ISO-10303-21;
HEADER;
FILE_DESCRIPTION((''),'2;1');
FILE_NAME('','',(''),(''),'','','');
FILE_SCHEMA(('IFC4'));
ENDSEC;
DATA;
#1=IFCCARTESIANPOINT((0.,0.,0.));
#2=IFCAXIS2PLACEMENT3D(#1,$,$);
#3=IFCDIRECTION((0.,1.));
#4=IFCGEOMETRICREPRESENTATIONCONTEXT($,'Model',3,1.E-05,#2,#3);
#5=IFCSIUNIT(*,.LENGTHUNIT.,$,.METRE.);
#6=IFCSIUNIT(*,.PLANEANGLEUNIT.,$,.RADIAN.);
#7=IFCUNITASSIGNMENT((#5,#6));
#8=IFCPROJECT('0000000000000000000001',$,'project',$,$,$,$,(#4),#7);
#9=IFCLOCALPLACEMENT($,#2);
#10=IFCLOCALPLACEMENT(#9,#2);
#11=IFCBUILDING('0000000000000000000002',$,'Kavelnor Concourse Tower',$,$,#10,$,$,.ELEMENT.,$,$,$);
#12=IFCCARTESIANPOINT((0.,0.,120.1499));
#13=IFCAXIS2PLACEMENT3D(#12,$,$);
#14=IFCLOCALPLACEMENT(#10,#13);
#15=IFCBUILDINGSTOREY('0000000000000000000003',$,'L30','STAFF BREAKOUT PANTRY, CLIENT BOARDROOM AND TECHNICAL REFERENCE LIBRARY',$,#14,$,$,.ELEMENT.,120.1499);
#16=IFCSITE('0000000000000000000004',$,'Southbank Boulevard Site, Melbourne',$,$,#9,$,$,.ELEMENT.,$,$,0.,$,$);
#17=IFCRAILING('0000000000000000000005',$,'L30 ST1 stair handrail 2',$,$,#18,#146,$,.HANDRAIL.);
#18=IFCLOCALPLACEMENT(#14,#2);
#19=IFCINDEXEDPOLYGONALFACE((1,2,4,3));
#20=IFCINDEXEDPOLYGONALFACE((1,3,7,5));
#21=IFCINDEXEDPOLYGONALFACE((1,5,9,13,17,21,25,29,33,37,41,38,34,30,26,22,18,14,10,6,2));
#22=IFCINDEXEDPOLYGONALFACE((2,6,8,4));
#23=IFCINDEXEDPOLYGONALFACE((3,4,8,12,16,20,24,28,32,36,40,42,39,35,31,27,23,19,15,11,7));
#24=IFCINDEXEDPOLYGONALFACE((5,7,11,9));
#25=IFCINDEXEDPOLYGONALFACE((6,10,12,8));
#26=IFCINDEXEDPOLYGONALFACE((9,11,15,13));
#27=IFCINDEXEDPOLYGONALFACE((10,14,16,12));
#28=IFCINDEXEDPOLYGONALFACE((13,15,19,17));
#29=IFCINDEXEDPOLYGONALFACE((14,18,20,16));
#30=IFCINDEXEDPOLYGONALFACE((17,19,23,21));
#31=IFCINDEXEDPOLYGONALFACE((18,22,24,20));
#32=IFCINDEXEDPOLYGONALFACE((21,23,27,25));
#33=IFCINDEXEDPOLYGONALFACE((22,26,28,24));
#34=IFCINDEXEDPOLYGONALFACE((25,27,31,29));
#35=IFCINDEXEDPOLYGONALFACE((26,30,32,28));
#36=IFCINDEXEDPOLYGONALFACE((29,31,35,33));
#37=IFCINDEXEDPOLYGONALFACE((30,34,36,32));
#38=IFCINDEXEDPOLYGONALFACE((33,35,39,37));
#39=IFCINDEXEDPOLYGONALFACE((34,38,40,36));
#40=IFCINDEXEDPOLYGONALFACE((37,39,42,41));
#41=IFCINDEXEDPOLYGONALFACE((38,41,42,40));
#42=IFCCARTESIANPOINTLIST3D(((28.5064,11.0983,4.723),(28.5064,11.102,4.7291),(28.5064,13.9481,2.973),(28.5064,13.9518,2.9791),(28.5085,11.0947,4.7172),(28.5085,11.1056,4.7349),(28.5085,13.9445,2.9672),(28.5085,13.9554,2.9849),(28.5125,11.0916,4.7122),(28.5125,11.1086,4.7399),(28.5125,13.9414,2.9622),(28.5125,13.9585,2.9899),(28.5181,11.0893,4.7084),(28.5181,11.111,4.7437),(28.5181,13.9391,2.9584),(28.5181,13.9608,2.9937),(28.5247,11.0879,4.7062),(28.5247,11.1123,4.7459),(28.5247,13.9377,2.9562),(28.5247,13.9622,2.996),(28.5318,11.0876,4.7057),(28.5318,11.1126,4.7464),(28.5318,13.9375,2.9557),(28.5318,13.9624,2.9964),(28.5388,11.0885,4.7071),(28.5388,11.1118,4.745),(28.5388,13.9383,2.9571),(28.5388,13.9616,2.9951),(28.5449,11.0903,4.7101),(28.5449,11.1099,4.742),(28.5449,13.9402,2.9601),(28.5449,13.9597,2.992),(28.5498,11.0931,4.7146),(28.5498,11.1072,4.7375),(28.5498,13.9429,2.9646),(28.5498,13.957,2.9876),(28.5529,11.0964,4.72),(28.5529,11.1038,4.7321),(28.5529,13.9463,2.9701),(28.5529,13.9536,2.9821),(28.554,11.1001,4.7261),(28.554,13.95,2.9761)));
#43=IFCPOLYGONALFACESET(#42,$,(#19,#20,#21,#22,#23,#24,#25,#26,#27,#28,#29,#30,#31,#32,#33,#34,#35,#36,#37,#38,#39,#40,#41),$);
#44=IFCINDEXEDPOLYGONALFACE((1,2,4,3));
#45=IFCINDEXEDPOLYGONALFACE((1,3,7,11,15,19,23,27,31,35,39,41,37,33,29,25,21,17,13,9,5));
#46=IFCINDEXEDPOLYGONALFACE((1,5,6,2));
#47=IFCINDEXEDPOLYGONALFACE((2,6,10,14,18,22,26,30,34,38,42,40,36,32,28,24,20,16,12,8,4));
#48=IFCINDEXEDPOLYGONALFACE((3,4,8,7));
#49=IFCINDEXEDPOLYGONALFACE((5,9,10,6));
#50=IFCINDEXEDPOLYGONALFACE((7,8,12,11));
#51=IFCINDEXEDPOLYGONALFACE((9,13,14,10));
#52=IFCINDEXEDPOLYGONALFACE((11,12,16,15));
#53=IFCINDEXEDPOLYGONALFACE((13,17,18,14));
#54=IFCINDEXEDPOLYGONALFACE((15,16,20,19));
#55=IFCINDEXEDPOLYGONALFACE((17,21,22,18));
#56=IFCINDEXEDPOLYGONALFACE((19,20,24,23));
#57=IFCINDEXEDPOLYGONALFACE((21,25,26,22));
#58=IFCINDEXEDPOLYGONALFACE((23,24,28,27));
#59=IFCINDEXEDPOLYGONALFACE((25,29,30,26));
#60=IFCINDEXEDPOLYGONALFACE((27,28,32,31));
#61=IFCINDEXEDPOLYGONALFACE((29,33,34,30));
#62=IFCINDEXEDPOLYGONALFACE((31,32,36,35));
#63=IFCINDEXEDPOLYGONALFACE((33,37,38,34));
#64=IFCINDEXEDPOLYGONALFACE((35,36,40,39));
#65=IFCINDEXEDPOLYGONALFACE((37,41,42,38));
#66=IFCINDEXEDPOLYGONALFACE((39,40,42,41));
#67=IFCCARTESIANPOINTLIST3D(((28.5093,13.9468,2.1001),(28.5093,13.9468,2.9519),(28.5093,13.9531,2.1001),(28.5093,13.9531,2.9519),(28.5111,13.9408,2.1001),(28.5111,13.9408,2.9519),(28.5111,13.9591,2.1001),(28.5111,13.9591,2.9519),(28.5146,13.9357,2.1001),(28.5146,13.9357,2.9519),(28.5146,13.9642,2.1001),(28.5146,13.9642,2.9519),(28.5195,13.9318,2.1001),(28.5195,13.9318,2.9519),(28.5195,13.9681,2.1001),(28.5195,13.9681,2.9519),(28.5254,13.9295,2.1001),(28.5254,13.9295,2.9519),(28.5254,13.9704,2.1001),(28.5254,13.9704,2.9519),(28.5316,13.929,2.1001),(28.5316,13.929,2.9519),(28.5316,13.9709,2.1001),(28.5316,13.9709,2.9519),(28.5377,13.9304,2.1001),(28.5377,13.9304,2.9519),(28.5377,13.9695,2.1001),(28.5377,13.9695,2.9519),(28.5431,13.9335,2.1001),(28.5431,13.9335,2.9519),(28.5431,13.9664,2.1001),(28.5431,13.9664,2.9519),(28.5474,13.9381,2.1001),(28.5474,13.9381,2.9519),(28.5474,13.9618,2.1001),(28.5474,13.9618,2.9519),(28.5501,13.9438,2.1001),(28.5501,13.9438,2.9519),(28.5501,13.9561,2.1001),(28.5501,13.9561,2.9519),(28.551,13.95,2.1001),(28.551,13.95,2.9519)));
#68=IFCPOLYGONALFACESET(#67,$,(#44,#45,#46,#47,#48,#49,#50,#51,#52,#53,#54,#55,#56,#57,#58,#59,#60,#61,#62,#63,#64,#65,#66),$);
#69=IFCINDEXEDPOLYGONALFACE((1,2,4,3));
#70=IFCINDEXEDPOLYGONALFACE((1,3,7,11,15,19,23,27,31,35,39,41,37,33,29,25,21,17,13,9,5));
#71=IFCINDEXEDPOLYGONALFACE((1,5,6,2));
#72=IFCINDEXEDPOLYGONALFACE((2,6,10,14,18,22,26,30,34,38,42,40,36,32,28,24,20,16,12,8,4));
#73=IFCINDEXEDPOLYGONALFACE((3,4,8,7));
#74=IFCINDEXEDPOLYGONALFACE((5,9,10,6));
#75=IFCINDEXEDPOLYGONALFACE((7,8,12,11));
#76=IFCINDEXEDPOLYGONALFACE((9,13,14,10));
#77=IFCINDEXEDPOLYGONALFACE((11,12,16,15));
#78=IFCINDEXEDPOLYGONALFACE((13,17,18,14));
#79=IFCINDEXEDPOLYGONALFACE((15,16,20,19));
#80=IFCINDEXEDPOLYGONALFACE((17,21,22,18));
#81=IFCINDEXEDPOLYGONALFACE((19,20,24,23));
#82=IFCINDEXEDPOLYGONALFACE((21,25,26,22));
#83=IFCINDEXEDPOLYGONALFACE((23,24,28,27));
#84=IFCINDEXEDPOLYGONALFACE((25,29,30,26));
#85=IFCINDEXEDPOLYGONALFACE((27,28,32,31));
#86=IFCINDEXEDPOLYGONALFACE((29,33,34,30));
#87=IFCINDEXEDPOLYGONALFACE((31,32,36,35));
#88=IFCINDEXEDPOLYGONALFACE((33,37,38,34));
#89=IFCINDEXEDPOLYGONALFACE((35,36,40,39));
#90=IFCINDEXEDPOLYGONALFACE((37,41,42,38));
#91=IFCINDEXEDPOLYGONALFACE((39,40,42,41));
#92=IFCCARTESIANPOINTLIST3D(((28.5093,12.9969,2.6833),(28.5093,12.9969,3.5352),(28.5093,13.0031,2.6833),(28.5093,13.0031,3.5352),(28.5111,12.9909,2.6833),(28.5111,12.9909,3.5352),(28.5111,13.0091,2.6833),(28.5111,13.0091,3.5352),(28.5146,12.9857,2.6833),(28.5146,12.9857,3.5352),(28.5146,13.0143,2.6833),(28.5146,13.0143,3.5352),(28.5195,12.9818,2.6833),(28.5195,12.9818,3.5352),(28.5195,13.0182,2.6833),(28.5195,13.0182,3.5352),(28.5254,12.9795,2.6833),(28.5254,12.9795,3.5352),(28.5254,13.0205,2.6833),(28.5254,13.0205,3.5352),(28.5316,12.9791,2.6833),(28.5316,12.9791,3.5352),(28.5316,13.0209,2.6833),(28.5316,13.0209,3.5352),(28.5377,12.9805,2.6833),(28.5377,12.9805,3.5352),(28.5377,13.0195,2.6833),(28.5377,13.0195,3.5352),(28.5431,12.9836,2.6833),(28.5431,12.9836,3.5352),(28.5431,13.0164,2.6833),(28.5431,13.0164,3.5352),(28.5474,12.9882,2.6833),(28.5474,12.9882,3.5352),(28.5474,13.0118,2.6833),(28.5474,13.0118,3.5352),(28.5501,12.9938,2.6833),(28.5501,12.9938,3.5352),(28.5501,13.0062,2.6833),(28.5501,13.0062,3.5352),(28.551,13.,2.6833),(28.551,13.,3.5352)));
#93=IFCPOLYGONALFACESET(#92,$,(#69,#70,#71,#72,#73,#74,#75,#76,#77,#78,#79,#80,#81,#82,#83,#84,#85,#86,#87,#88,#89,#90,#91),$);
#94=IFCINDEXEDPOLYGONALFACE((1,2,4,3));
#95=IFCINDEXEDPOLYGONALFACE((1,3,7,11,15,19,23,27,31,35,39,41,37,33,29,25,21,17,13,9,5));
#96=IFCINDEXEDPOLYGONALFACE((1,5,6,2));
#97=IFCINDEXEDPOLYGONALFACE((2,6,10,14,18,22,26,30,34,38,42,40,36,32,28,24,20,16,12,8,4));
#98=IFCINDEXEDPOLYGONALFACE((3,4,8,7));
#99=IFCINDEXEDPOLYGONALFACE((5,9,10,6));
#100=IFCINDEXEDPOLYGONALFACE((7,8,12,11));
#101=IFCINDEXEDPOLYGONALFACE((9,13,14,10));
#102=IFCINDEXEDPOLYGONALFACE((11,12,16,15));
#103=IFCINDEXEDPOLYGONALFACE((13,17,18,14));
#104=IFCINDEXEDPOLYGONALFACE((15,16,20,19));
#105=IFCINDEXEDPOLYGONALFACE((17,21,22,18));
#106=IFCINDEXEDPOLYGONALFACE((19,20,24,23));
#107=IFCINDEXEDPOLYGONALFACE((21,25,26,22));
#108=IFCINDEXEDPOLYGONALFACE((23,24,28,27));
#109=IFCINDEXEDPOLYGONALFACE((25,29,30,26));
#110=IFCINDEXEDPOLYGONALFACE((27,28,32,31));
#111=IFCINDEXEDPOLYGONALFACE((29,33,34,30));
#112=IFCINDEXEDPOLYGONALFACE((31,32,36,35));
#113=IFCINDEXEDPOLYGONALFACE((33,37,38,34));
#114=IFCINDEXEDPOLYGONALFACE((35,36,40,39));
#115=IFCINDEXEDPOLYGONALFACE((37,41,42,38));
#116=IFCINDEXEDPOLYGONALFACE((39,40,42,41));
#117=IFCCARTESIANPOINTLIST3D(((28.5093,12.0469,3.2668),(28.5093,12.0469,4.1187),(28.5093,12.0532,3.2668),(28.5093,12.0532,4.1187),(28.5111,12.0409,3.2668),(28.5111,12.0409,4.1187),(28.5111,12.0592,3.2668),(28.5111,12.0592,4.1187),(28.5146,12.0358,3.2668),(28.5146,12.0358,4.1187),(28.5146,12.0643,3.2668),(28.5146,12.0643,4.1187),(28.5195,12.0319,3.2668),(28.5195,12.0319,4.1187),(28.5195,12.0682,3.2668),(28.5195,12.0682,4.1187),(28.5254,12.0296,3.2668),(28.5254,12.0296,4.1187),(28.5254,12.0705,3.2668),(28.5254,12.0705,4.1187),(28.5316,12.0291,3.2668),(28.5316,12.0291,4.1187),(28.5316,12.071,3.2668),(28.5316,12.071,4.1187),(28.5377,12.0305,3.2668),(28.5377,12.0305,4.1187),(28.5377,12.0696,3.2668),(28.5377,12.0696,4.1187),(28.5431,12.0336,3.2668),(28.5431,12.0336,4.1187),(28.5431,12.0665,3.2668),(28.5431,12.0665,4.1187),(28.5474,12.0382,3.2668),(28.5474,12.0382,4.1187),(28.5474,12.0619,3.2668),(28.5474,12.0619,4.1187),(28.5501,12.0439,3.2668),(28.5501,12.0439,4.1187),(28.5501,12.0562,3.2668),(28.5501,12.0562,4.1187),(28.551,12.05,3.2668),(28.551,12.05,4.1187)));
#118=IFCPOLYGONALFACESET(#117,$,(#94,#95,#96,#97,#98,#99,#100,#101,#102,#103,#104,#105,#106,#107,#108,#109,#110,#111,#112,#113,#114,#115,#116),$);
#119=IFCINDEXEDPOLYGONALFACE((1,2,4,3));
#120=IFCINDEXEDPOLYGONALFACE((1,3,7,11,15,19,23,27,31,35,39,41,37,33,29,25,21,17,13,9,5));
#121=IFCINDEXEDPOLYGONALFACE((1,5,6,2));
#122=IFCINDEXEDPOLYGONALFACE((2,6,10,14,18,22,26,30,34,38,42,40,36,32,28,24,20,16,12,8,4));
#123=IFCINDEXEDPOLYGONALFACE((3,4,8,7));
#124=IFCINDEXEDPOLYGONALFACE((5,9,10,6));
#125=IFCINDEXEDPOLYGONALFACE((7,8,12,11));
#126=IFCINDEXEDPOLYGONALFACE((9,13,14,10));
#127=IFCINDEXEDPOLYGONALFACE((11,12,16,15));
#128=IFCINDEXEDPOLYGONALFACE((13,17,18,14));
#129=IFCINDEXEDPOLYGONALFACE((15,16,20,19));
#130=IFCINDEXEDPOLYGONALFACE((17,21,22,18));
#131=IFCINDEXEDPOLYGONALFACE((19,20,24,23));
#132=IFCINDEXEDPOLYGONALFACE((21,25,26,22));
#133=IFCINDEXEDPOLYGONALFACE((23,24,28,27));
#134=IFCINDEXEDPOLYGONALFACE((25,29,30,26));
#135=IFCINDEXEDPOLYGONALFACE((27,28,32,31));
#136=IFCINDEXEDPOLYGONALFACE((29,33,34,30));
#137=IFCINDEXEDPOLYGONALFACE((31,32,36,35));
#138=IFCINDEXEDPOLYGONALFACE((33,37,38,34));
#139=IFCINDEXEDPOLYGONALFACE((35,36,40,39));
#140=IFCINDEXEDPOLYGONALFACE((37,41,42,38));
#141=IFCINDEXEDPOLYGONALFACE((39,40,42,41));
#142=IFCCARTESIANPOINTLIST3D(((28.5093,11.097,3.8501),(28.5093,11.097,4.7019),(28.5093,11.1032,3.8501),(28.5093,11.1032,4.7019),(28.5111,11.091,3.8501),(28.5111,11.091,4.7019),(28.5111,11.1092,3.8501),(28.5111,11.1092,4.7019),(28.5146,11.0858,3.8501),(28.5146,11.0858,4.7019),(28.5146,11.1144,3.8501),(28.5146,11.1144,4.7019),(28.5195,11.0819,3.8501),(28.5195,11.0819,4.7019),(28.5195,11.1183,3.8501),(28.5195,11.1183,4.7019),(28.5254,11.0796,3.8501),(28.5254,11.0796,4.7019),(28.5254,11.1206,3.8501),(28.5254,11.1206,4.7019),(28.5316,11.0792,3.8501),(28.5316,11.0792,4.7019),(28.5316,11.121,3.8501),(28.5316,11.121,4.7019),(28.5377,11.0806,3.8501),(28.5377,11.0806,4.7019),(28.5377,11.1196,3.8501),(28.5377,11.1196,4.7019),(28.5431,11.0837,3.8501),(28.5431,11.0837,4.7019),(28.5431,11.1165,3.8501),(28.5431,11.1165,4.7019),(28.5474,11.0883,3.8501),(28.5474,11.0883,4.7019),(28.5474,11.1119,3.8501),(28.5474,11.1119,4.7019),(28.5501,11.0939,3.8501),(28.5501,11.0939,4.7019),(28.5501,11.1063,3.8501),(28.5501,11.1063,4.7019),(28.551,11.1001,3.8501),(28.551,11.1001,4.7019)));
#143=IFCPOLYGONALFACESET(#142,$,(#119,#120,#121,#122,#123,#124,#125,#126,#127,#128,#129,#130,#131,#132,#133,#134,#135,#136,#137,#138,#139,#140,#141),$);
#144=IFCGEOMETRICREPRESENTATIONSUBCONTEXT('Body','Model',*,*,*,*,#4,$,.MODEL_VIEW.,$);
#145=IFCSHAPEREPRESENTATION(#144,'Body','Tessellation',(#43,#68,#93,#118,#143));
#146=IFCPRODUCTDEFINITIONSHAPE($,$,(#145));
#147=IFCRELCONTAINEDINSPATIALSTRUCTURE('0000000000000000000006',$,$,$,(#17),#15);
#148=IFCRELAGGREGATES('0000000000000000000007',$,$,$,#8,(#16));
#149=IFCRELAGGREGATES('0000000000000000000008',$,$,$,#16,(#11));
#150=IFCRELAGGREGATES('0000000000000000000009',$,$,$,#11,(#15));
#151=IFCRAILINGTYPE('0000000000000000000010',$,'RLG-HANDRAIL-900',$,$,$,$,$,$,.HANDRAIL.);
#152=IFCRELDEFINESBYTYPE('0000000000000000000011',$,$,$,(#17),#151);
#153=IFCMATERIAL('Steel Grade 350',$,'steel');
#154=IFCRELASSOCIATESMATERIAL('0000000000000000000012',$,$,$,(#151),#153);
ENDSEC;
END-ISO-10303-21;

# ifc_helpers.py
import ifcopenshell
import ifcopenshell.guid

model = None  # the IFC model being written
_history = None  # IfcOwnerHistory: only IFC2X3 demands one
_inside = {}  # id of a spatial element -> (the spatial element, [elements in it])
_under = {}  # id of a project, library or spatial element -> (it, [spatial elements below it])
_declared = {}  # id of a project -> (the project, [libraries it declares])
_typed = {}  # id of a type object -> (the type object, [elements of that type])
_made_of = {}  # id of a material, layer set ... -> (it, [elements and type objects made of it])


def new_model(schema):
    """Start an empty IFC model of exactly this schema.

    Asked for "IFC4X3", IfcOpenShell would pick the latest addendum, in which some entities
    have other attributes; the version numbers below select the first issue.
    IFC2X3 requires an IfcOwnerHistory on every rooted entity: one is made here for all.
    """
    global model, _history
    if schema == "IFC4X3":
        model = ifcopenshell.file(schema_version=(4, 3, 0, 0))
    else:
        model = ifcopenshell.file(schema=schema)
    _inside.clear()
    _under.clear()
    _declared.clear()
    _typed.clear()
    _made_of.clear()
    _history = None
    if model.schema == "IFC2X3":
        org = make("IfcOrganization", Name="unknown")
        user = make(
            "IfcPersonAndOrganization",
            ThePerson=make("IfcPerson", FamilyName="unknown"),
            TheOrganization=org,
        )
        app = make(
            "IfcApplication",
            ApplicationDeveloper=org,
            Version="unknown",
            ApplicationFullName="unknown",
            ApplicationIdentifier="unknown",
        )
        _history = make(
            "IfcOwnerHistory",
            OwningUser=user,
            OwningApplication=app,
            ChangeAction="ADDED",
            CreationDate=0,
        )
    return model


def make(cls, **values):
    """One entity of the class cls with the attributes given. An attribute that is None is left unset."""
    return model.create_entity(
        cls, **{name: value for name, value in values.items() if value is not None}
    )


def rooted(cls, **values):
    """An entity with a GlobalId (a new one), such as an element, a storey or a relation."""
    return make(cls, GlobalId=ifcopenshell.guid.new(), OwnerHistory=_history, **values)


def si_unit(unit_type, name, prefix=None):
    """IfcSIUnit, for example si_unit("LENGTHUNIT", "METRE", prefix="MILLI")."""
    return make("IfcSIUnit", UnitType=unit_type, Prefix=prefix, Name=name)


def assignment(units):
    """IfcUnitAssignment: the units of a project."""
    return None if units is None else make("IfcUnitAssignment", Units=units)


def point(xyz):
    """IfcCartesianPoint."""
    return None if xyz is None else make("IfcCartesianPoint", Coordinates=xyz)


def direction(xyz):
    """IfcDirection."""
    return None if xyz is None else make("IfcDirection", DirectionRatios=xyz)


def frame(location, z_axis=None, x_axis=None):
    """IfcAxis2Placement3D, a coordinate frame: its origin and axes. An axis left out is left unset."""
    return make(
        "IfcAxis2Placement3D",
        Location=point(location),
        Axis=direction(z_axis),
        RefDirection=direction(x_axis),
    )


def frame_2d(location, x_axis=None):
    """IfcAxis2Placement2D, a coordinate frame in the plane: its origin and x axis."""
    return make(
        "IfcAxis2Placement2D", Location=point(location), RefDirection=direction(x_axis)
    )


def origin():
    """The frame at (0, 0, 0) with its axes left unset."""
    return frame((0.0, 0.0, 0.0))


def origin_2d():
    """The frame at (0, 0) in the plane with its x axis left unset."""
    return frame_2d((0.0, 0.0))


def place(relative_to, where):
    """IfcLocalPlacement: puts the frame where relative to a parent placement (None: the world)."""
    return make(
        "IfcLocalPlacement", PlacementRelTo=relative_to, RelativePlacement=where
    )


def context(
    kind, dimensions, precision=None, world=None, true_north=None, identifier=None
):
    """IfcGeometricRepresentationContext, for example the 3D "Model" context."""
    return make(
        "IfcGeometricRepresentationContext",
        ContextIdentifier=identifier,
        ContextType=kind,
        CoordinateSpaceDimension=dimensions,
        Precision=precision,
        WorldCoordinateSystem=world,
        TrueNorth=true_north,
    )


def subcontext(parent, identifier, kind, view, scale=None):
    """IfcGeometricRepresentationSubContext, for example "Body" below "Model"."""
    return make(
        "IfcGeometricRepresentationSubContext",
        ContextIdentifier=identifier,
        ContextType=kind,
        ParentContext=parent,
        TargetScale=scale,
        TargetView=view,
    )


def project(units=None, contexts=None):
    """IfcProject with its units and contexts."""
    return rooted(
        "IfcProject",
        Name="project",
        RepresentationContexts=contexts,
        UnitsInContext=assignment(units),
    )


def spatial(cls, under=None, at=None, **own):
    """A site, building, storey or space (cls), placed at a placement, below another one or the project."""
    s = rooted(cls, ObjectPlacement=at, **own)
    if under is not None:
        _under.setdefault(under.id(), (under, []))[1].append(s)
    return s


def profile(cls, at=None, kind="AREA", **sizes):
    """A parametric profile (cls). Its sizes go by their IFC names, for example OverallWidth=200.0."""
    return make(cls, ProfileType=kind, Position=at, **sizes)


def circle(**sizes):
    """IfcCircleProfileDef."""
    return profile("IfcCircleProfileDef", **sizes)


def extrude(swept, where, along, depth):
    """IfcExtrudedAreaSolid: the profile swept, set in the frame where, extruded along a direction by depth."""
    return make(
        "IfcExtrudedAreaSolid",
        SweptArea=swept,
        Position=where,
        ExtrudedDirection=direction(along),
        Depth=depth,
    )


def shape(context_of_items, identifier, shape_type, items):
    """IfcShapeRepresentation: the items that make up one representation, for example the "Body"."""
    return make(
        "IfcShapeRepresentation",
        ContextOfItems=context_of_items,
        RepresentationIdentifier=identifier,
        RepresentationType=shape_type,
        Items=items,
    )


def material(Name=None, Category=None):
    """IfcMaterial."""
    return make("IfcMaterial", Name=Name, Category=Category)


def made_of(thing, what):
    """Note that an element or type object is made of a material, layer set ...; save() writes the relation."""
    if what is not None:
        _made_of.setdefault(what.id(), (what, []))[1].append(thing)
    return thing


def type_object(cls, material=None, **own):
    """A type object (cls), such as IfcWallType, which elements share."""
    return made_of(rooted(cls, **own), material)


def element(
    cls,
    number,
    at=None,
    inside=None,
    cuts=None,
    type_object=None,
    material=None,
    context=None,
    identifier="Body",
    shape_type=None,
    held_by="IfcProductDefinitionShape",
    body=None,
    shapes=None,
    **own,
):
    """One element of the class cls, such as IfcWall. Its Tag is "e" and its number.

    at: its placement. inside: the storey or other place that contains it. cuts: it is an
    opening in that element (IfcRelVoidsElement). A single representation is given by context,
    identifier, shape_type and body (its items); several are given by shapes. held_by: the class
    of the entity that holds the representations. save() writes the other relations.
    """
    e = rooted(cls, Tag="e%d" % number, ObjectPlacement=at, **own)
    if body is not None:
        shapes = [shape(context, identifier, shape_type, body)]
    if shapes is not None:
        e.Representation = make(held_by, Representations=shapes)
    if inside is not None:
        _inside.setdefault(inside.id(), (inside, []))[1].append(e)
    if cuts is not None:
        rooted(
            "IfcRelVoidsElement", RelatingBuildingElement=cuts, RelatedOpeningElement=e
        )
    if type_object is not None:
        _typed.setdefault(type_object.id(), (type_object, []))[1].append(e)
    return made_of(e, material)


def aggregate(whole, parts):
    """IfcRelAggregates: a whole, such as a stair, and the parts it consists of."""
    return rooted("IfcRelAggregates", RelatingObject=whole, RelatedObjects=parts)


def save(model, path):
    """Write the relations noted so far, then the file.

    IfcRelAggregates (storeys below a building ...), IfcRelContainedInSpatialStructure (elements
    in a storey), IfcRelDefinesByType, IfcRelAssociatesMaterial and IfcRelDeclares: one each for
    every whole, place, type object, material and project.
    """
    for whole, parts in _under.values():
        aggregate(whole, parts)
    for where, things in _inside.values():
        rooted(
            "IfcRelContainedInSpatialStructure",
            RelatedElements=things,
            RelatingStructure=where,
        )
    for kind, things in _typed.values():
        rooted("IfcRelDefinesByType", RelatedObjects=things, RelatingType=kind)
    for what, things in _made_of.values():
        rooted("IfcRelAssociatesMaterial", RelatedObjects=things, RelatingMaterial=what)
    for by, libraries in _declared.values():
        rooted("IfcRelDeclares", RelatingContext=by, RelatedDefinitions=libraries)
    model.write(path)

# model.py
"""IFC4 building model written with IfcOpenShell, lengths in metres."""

from ifc_helpers import new_model, si_unit, direction, frame, origin, origin_2d, place, context, subcontext, project, spatial, circle, extrude, material, type_object, element, save


model = new_model("IFC4")

# Units and contexts
model_context = context("Model", 3, precision=1e-05, world=origin(), true_north=direction((0.0, 1.0)))
body_context = subcontext(model_context, "Body", "Model", "MODEL_VIEW")
ifc_project = project(units=[si_unit("LENGTHUNIT", "METRE"), si_unit("PLANEANGLEUNIT", "RADIAN")], contexts=[model_context])

# Site, building, storey
site_placement = place(None, origin())
site = spatial("IfcSite", under=ifc_project, at=site_placement, Name="Southbank Boulevard Site, Melbourne", CompositionType="ELEMENT", RefElevation=0.0)
building_placement = place(site_placement, origin())
building = spatial("IfcBuilding", under=site, at=building_placement, Name="Kavelnor Concourse Tower", CompositionType="ELEMENT")
storey_placement = place(building_placement, frame((0.0, 0.0, 120.1499)))
storey = spatial("IfcBuildingStorey", under=building, at=storey_placement, Name="L30", Description="STAFF BREAKOUT PANTRY, CLIENT BOARDROOM AND TECHNICAL REFERENCE LIBRARY", CompositionType="ELEMENT", Elevation=120.1499)

# Shared definitions
ifc_material_1 = material(Name="Steel Grade 350", Category="steel")

# Railing
railing_type_1 = type_object("IfcRailingType", Name="RLG-HANDRAIL-900", PredefinedType="HANDRAIL", material=ifc_material_1)
railing_1_placement = place(storey_placement, frame((28.53, 13.95, 2.1001)))
element("IfcRailing", 1, at=railing_1_placement, inside=storey, type_object=railing_type_1, Name="L30 ST1 stair handrail 2", PredefinedType="HANDRAIL", context=body_context, shape_type="SweptSolid", body=[
    extrude(circle(Radius=0.0239, at=origin_2d()), frame((0.0, 0.0, 0.876), z_axis=(0.0, -0.852159, 0.523283), x_axis=(1.0, 0.0, 0.0)), (0.0, 0.0, 1.0), 3.3442),
    extrude(circle(Radius=0.021, at=origin_2d()), origin(), (0.0, 0.0, 1.0), 0.8518),
    extrude(circle(Radius=0.021, at=origin_2d()), frame((0.0, -0.95, 0.5833)), (0.0, 0.0, 1.0), 0.8518),
    extrude(circle(Radius=0.021, at=origin_2d()), frame((0.0, -1.8999, 1.1667)), (0.0, 0.0, 1.0), 0.8518),
    extrude(circle(Radius=0.021, at=origin_2d()), frame((0.0, -2.8499, 1.75)), (0.0, 0.0, 1.0), 0.8518),
])

save(model, "model.ifc")
